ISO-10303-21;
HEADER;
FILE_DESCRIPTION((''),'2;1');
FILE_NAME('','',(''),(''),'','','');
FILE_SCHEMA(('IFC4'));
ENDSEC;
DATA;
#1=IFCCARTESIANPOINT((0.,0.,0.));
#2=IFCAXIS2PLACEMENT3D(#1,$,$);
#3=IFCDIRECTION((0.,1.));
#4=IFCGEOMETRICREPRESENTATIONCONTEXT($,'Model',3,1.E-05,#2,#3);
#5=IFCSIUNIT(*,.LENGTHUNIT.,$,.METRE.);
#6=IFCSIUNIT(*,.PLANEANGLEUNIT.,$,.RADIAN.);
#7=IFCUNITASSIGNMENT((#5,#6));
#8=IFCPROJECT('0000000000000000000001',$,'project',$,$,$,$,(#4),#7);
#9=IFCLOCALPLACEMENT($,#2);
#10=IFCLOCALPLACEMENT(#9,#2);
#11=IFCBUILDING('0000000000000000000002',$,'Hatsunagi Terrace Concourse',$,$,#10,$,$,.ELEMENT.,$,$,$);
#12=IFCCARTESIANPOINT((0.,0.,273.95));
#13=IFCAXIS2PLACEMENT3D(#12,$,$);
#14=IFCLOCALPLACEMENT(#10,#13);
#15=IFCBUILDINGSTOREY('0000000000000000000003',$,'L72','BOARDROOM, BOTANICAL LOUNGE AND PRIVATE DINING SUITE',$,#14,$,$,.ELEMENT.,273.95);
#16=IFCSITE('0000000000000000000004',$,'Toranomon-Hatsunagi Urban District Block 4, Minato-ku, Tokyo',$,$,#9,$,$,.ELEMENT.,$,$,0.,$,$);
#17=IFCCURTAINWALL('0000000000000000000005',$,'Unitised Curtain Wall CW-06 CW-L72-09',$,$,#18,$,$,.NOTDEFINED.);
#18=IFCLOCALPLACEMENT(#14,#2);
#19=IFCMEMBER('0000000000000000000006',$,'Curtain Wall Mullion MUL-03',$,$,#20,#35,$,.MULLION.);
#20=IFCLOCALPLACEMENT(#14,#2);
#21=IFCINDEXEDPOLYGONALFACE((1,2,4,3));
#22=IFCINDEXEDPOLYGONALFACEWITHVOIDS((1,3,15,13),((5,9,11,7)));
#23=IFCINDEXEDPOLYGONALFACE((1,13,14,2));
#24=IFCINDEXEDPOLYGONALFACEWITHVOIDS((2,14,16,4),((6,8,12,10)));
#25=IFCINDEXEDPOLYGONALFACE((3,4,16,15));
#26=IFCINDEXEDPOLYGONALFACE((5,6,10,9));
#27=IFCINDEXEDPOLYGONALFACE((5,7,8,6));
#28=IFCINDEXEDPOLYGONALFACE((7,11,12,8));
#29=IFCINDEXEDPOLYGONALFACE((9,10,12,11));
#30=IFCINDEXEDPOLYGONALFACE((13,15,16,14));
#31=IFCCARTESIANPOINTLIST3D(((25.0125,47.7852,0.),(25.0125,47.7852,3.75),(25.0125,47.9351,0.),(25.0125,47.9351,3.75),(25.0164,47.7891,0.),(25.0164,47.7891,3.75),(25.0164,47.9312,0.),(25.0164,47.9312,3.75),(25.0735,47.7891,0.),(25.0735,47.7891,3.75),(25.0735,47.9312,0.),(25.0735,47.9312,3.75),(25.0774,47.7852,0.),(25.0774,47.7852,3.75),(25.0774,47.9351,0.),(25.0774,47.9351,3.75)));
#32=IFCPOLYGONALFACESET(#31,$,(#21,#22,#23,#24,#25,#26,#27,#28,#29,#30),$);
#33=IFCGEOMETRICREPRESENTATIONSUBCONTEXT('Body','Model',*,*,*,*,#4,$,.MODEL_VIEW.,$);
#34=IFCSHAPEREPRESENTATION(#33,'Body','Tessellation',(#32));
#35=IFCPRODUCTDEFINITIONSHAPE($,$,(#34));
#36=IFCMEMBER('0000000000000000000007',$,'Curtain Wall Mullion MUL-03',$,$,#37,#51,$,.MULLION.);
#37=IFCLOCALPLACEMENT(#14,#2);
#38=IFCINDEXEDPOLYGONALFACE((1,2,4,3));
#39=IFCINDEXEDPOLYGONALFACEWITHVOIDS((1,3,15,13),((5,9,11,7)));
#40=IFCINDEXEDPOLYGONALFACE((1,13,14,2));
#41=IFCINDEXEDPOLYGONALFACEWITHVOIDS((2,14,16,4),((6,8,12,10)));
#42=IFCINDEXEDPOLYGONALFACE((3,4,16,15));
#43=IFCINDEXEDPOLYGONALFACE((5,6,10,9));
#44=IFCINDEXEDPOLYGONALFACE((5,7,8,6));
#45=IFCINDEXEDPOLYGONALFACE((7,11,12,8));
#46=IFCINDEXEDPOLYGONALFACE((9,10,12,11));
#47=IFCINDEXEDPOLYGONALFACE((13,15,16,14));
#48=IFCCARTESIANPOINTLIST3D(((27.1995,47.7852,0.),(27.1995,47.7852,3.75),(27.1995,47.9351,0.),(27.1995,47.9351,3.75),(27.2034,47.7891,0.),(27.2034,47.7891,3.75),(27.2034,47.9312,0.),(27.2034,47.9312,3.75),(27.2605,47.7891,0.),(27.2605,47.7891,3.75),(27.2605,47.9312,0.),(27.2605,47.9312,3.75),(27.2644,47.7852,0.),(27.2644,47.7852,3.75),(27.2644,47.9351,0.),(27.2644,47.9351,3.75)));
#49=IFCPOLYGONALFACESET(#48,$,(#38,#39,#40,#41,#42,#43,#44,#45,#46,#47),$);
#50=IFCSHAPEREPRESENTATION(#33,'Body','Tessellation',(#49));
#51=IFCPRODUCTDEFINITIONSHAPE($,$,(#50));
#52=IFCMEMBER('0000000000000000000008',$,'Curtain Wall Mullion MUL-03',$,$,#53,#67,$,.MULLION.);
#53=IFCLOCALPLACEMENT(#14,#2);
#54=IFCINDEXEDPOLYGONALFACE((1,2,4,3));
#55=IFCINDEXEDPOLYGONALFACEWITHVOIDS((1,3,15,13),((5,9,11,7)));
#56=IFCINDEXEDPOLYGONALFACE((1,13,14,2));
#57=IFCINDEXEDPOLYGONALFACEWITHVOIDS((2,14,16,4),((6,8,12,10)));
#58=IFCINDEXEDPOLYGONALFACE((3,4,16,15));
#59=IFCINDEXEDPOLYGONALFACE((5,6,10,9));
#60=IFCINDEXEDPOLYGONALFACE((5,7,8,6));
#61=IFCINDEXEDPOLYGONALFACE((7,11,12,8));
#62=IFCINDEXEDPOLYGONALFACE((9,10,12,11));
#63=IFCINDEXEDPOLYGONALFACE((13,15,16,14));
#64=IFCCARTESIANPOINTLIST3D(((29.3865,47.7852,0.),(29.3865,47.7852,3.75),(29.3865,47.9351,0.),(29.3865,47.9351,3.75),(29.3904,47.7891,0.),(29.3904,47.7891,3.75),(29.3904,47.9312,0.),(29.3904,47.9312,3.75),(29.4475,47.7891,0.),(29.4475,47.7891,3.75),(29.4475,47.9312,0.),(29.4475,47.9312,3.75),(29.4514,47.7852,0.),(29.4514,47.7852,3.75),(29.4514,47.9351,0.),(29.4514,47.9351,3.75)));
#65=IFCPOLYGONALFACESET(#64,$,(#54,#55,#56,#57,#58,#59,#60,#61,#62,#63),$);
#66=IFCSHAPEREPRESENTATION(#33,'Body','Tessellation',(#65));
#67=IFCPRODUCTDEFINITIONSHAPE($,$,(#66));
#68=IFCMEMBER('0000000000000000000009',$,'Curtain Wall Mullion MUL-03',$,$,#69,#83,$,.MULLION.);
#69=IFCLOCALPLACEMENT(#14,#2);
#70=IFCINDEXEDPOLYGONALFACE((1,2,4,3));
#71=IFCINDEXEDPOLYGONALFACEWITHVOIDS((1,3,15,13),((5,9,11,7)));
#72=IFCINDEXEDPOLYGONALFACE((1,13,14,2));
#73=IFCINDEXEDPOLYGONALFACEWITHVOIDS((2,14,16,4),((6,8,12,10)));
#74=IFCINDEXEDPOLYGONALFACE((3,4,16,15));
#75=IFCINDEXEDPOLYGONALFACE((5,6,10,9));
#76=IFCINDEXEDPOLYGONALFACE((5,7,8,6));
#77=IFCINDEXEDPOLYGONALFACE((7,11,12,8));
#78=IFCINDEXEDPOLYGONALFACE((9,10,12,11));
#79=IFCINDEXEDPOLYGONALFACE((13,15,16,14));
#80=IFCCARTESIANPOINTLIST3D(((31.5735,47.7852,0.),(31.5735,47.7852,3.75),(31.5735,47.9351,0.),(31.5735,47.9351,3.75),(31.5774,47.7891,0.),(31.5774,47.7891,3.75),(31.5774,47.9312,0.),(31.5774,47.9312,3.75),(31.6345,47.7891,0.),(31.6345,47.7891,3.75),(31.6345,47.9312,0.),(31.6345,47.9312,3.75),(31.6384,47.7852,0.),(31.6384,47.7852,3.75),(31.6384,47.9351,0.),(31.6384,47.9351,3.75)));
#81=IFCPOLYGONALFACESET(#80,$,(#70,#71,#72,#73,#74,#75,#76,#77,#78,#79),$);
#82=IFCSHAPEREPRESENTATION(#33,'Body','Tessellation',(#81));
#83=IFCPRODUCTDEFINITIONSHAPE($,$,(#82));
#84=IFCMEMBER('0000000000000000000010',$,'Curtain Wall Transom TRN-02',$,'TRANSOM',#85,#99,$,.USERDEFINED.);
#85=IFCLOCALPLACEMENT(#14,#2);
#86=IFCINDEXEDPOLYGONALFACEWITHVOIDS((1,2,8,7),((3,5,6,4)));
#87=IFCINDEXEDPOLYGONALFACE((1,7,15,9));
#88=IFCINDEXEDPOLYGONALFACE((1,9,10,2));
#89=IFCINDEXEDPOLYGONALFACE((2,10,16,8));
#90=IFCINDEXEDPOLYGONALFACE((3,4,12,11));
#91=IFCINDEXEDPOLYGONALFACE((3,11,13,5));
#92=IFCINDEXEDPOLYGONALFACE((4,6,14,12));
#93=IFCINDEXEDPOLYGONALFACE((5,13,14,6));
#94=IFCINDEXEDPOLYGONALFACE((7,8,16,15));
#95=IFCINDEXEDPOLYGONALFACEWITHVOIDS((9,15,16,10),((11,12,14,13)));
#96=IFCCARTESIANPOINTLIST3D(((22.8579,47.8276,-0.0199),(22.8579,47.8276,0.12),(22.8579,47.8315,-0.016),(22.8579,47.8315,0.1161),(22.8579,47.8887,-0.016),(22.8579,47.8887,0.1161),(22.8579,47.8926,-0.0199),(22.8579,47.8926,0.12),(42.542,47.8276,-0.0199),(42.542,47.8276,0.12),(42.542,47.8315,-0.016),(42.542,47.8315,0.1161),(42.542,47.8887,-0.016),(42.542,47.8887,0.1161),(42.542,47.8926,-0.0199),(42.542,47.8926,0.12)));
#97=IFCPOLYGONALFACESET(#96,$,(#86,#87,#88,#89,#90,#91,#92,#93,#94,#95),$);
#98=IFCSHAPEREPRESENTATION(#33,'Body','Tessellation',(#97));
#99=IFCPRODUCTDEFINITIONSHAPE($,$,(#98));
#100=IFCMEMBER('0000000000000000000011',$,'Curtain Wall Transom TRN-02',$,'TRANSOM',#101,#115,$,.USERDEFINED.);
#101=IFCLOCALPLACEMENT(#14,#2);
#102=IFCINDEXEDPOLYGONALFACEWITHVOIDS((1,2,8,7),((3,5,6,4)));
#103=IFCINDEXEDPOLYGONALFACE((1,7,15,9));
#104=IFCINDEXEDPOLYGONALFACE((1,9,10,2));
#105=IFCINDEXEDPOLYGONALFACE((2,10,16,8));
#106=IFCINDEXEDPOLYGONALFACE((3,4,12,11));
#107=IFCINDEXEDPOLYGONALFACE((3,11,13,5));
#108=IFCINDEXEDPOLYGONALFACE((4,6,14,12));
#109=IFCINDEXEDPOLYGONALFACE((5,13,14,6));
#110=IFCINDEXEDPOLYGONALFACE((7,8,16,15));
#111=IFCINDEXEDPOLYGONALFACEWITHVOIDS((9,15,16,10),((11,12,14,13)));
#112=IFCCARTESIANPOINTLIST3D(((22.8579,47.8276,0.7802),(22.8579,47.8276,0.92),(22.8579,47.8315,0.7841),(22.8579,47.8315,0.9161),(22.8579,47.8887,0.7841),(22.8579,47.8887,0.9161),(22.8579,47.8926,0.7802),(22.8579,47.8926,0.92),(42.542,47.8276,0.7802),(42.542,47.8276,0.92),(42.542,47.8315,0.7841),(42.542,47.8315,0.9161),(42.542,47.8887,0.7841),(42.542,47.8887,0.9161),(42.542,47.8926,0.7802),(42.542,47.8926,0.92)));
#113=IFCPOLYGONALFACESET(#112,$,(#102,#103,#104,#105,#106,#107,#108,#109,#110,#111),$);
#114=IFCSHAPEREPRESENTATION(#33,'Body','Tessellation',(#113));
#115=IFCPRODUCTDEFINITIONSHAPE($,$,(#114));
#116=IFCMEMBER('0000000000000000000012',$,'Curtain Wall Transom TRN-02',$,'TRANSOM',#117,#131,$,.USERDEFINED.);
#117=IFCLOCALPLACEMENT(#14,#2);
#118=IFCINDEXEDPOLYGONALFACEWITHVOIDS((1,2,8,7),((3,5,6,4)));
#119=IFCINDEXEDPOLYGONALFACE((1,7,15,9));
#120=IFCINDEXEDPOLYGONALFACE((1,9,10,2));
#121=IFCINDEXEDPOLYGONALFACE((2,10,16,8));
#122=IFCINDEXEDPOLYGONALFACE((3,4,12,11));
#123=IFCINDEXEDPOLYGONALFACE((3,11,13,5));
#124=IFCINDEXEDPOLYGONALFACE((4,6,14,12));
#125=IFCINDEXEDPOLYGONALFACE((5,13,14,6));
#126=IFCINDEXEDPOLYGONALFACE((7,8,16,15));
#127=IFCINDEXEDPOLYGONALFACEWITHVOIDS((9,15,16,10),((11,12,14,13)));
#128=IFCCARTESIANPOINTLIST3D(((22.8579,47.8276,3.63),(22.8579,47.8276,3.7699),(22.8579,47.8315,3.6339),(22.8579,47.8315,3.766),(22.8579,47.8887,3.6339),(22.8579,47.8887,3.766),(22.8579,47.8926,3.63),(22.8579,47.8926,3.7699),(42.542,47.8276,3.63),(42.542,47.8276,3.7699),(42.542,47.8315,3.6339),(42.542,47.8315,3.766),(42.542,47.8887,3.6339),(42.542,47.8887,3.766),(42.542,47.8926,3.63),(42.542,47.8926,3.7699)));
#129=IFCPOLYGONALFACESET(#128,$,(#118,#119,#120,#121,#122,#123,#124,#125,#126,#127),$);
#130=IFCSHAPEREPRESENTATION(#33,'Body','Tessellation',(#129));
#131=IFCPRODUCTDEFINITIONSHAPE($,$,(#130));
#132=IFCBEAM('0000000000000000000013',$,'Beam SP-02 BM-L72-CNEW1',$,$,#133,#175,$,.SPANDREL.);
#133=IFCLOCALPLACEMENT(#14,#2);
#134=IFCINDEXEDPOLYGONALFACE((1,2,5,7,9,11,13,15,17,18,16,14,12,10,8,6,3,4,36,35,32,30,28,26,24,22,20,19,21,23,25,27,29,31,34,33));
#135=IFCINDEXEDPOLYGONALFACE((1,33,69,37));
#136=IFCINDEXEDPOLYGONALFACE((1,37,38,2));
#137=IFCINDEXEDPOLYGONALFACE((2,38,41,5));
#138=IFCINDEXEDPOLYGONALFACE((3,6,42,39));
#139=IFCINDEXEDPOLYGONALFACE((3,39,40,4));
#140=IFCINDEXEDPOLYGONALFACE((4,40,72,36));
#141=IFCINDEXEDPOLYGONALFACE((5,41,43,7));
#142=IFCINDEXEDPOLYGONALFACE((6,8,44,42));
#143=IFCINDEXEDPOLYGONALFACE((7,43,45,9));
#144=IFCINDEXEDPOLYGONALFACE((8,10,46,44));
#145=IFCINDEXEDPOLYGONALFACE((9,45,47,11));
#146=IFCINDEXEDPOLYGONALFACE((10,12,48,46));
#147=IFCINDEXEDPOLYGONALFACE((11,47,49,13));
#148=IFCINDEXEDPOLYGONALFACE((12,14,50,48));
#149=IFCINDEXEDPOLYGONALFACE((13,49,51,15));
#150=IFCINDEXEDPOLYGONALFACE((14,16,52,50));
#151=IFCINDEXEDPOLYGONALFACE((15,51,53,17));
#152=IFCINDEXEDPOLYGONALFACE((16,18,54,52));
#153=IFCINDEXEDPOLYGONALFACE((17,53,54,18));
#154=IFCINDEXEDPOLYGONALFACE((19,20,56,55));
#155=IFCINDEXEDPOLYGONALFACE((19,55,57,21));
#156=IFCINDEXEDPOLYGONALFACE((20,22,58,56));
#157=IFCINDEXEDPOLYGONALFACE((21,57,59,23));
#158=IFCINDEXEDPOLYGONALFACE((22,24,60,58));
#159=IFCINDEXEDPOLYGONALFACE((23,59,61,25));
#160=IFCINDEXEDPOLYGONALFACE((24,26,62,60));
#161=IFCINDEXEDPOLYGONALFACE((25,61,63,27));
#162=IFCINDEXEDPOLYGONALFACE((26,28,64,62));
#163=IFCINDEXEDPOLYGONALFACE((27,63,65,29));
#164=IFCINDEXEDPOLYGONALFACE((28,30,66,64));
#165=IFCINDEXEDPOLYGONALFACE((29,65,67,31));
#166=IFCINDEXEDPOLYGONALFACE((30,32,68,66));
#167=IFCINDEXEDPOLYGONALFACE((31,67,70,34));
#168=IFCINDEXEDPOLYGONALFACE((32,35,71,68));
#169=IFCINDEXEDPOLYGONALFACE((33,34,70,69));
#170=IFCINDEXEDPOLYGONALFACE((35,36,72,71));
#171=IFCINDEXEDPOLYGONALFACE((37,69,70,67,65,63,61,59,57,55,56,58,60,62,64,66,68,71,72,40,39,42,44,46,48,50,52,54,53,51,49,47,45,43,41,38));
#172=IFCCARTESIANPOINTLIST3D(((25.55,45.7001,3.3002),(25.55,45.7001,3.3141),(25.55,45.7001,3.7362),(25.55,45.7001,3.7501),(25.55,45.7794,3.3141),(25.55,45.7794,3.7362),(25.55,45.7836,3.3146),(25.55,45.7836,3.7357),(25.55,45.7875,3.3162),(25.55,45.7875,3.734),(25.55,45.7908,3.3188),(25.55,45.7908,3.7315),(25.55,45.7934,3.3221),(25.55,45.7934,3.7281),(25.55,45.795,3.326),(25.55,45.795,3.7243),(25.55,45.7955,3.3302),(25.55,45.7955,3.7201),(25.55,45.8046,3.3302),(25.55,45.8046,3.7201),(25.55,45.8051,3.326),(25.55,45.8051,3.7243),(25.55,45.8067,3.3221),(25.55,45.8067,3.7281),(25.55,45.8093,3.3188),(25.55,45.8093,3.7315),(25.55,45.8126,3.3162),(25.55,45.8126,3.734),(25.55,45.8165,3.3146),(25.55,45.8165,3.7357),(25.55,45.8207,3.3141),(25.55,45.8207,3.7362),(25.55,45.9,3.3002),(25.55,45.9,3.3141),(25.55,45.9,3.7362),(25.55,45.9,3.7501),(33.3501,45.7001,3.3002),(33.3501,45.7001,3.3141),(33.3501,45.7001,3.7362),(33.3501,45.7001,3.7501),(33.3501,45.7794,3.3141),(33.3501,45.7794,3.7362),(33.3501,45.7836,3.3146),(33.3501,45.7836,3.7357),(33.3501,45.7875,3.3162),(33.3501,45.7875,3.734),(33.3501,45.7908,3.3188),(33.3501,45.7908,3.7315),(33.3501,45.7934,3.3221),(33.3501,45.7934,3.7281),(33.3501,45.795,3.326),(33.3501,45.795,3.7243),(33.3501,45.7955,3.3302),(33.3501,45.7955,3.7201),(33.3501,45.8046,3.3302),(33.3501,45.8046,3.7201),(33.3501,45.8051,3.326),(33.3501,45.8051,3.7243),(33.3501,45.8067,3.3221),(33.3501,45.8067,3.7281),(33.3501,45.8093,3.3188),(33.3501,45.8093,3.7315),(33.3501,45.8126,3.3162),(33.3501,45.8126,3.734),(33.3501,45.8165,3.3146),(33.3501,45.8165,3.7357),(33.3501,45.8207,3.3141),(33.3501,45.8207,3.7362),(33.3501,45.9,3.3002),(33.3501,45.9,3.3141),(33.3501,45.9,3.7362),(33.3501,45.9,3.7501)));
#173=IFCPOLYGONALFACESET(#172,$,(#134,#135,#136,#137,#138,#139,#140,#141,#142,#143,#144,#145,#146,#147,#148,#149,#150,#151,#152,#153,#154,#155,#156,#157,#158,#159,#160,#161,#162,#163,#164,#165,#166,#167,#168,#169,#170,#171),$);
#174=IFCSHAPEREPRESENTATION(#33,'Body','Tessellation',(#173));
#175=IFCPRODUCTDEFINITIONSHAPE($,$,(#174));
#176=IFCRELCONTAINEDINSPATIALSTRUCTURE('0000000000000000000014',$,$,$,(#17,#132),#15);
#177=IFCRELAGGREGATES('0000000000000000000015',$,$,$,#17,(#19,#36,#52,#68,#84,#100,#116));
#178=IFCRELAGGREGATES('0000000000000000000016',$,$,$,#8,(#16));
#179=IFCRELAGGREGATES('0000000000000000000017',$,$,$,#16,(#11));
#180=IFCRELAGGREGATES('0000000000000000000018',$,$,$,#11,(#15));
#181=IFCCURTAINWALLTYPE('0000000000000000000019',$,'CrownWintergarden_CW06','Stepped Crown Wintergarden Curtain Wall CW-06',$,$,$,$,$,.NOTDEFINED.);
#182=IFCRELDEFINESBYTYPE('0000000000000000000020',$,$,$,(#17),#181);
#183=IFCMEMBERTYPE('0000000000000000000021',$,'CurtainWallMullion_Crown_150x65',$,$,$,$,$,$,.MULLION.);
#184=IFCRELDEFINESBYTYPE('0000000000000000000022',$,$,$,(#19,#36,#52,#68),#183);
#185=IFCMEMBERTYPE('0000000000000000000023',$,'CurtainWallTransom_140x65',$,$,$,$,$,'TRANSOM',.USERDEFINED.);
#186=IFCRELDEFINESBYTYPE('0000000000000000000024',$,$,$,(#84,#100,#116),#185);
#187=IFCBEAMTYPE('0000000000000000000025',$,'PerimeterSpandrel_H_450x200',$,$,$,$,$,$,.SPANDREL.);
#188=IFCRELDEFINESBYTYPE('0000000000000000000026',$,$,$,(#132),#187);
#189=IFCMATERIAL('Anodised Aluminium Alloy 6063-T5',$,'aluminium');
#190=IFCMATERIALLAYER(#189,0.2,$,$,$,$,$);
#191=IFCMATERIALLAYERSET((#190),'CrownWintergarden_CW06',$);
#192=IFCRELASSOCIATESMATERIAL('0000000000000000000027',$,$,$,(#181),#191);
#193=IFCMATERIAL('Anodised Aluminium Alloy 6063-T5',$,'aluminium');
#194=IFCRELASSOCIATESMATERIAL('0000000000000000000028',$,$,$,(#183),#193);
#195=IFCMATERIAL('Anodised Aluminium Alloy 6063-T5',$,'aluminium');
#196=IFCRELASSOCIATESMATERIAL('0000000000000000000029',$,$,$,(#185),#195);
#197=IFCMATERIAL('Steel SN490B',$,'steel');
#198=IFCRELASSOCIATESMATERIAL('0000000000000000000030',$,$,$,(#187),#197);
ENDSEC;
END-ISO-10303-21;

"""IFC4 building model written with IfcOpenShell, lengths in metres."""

from ifc_helpers import new_model, si_unit, direction, frame, origin, origin_2d, place, context, subcontext, project, spatial, hollow_rectangle, i_section, extrude, material, layer, layer_set, material_profile, profile_set, type_object, element, aggregate, save


model = new_model("IFC4")

# Units and contexts
model_context = context("Model", 3, precision=1e-05, world=origin(), true_north=direction((0.0, 1.0)))
body_context = subcontext(model_context, "Body", "Model", "MODEL_VIEW")
ifc_project = project(units=[si_unit("LENGTHUNIT", "METRE"), si_unit("PLANEANGLEUNIT", "RADIAN")], contexts=[model_context])

# Site, building, storey
site_placement = place(None, origin())
site = spatial("IfcSite", under=ifc_project, at=site_placement, Name="Toranomon-Hatsunagi Urban District Block 4, Minato-ku, Tokyo", CompositionType="ELEMENT", RefElevation=0.0)
building_placement = place(site_placement, origin())
building = spatial("IfcBuilding", under=site, at=building_placement, Name="Hatsunagi Terrace Concourse", CompositionType="ELEMENT")
storey_placement = place(building_placement, frame((0.0, 0.0, 273.95)))
storey = spatial("IfcBuildingStorey", under=building, at=storey_placement, Name="L72", Description="BOARDROOM, BOTANICAL LOUNGE AND PRIVATE DINING SUITE", CompositionType="ELEMENT", Elevation=273.95)

# Curtain wall, members
ifc_material_1 = material(Name="Anodised Aluminium Alloy 6063-T5", Category="aluminium")
ifc_layer_1 = layer(ifc_material_1, 0.2)
ifc_layer_set_1 = layer_set([ifc_layer_1], Name="CrownWintergarden_CW06")
curtain_wall_type = type_object("IfcCurtainWallType", Name="CrownWintergarden_CW06", Description="Stepped Crown Wintergarden Curtain Wall CW-06", PredefinedType="NOTDEFINED", material=ifc_layer_set_1)
ifc_material_2 = material(Name="Anodised Aluminium Alloy 6063-T5", Category="aluminium")
ifc_material_profile_1 = material_profile(ifc_material_2, hollow_rectangle(XDim=0.0649, YDim=0.1499, WallThickness=0.0039, at=origin_2d()), Name="ALU-MUL-150x65x4")
ifc_profile_set_1 = profile_set([ifc_material_profile_1], Name="Anodised Aluminium Alloy 6063-T5")
member_type_1 = type_object("IfcMemberType", Name="CurtainWallMullion_Crown_150x65", PredefinedType="MULLION", material=ifc_profile_set_1)
curtain_wall_1_placement = place(storey_placement, origin())
curtain_wall_1 = element("IfcCurtainWall", 1, at=curtain_wall_1_placement, inside=storey, type_object=curtain_wall_type, Name="Unitised Curtain Wall CW-06 CW-L72-09", PredefinedType="NOTDEFINED")
member_1_placement = place(storey_placement, frame((25.0449, 47.8601, 0.0), z_axis=(0.0, 0.0, 1.0), x_axis=(1.0, 0.0, 0.0)))
member_1 = element("IfcMember", 2, at=member_1_placement, type_object=member_type_1, Name="Curtain Wall Mullion MUL-03", PredefinedType="MULLION", context=body_context, shape_type="SweptSolid", body=[
    extrude(hollow_rectangle(XDim=0.0649, YDim=0.1499, WallThickness=0.0039, at=origin_2d()), origin(), (0.0, 0.0, 1.0), 3.75),
])
member_2_placement = place(storey_placement, frame((27.2319, 47.8601, 0.0), z_axis=(0.0, 0.0, 1.0), x_axis=(1.0, 0.0, 0.0)))
member_2 = element("IfcMember", 3, at=member_2_placement, type_object=member_type_1, Name="Curtain Wall Mullion MUL-03", PredefinedType="MULLION", context=body_context, shape_type="SweptSolid", body=[
    extrude(hollow_rectangle(XDim=0.0649, YDim=0.1499, WallThickness=0.0039, at=origin_2d()), origin(), (0.0, 0.0, 1.0), 3.75),
])
member_3_placement = place(storey_placement, frame((29.4189, 47.8601, 0.0), z_axis=(0.0, 0.0, 1.0), x_axis=(1.0, 0.0, 0.0)))
member_3 = element("IfcMember", 4, at=member_3_placement, type_object=member_type_1, Name="Curtain Wall Mullion MUL-03", PredefinedType="MULLION", context=body_context, shape_type="SweptSolid", body=[
    extrude(hollow_rectangle(XDim=0.0649, YDim=0.1499, WallThickness=0.0039, at=origin_2d()), origin(), (0.0, 0.0, 1.0), 3.75),
])
member_4_placement = place(storey_placement, frame((31.606, 47.8601, 0.0), z_axis=(0.0, 0.0, 1.0), x_axis=(1.0, 0.0, 0.0)))
member_4 = element("IfcMember", 5, at=member_4_placement, type_object=member_type_1, Name="Curtain Wall Mullion MUL-03", PredefinedType="MULLION", context=body_context, shape_type="SweptSolid", body=[
    extrude(hollow_rectangle(XDim=0.0649, YDim=0.1499, WallThickness=0.0039, at=origin_2d()), origin(), (0.0, 0.0, 1.0), 3.75),
])
ifc_material_3 = material(Name="Anodised Aluminium Alloy 6063-T5", Category="aluminium")
ifc_material_profile_2 = material_profile(ifc_material_3, hollow_rectangle(XDim=0.0649, YDim=0.1399, WallThickness=0.0039, at=origin_2d()), Name="ALU-TRN-140x65x4")
ifc_profile_set_2 = profile_set([ifc_material_profile_2], Name="Anodised Aluminium Alloy 6063-T5")
member_type_2 = type_object("IfcMemberType", Name="CurtainWallTransom_140x65", ElementType="TRANSOM", PredefinedType="USERDEFINED", material=ifc_profile_set_2)
member_5_placement = place(storey_placement, frame((22.8579, 47.8601, 0.05), z_axis=(1.0, 0.0, 0.0), x_axis=(0.0, 1.0, 0.0)))
member_5 = element("IfcMember", 6, at=member_5_placement, type_object=member_type_2, Name="Curtain Wall Transom TRN-02", ObjectType="TRANSOM", PredefinedType="USERDEFINED", context=body_context, shape_type="SweptSolid", body=[
    extrude(hollow_rectangle(XDim=0.0649, YDim=0.1399, WallThickness=0.0039, at=origin_2d()), origin(), (0.0, 0.0, 1.0), 19.6841),
])
member_6_placement = place(storey_placement, frame((22.8579, 47.8601, 0.8501), z_axis=(1.0, 0.0, 0.0), x_axis=(0.0, 1.0, 0.0)))
member_6 = element("IfcMember", 7, at=member_6_placement, type_object=member_type_2, Name="Curtain Wall Transom TRN-02", ObjectType="TRANSOM", PredefinedType="USERDEFINED", context=body_context, shape_type="SweptSolid", body=[
    extrude(hollow_rectangle(XDim=0.0649, YDim=0.1399, WallThickness=0.0039, at=origin_2d()), origin(), (0.0, 0.0, 1.0), 19.6841),
])
member_7_placement = place(storey_placement, frame((22.8579, 47.8601, 3.7), z_axis=(1.0, 0.0, 0.0), x_axis=(0.0, 1.0, 0.0)))
member_7 = element("IfcMember", 8, at=member_7_placement, type_object=member_type_2, Name="Curtain Wall Transom TRN-02", ObjectType="TRANSOM", PredefinedType="USERDEFINED", context=body_context, shape_type="SweptSolid", body=[
    extrude(hollow_rectangle(XDim=0.0649, YDim=0.1399, WallThickness=0.0039, at=origin_2d()), origin(), (0.0, 0.0, 1.0), 19.6841),
])

# Beam
ifc_material_4 = material(Name="Steel SN490B", Category="steel")
ifc_material_profile_3 = material_profile(ifc_material_4, i_section(OverallWidth=0.2, OverallDepth=0.45, WebThickness=0.009, FlangeThickness=0.0139, FilletRadius=0.0161, at=origin_2d()), Name="H-450x200x9x14")
ifc_profile_set_3 = profile_set([ifc_material_profile_3], Name="Steel SN490B")
beam_type_1 = type_object("IfcBeamType", Name="PerimeterSpandrel_H_450x200", PredefinedType="SPANDREL", material=ifc_profile_set_3)
beam_1_placement = place(storey_placement, frame((25.55, 45.8, 3.5251), z_axis=(1.0, 0.0, 0.0), x_axis=(0.0, 1.0, 0.0)))
element("IfcBeam", 9, at=beam_1_placement, inside=storey, type_object=beam_type_1, Name="Beam SP-02 BM-L72-CNEW1", PredefinedType="SPANDREL", context=body_context, shape_type="SweptSolid", body=[
    extrude(i_section(OverallWidth=0.2, OverallDepth=0.45, WebThickness=0.009, FlangeThickness=0.0139, FilletRadius=0.0161, at=origin_2d()), origin(), (0.0, 0.0, 1.0), 7.8),
])

aggregate(curtain_wall_1, [member_1, member_2, member_3, member_4, member_5, member_6, member_7])

save(model, "model.ifc")
